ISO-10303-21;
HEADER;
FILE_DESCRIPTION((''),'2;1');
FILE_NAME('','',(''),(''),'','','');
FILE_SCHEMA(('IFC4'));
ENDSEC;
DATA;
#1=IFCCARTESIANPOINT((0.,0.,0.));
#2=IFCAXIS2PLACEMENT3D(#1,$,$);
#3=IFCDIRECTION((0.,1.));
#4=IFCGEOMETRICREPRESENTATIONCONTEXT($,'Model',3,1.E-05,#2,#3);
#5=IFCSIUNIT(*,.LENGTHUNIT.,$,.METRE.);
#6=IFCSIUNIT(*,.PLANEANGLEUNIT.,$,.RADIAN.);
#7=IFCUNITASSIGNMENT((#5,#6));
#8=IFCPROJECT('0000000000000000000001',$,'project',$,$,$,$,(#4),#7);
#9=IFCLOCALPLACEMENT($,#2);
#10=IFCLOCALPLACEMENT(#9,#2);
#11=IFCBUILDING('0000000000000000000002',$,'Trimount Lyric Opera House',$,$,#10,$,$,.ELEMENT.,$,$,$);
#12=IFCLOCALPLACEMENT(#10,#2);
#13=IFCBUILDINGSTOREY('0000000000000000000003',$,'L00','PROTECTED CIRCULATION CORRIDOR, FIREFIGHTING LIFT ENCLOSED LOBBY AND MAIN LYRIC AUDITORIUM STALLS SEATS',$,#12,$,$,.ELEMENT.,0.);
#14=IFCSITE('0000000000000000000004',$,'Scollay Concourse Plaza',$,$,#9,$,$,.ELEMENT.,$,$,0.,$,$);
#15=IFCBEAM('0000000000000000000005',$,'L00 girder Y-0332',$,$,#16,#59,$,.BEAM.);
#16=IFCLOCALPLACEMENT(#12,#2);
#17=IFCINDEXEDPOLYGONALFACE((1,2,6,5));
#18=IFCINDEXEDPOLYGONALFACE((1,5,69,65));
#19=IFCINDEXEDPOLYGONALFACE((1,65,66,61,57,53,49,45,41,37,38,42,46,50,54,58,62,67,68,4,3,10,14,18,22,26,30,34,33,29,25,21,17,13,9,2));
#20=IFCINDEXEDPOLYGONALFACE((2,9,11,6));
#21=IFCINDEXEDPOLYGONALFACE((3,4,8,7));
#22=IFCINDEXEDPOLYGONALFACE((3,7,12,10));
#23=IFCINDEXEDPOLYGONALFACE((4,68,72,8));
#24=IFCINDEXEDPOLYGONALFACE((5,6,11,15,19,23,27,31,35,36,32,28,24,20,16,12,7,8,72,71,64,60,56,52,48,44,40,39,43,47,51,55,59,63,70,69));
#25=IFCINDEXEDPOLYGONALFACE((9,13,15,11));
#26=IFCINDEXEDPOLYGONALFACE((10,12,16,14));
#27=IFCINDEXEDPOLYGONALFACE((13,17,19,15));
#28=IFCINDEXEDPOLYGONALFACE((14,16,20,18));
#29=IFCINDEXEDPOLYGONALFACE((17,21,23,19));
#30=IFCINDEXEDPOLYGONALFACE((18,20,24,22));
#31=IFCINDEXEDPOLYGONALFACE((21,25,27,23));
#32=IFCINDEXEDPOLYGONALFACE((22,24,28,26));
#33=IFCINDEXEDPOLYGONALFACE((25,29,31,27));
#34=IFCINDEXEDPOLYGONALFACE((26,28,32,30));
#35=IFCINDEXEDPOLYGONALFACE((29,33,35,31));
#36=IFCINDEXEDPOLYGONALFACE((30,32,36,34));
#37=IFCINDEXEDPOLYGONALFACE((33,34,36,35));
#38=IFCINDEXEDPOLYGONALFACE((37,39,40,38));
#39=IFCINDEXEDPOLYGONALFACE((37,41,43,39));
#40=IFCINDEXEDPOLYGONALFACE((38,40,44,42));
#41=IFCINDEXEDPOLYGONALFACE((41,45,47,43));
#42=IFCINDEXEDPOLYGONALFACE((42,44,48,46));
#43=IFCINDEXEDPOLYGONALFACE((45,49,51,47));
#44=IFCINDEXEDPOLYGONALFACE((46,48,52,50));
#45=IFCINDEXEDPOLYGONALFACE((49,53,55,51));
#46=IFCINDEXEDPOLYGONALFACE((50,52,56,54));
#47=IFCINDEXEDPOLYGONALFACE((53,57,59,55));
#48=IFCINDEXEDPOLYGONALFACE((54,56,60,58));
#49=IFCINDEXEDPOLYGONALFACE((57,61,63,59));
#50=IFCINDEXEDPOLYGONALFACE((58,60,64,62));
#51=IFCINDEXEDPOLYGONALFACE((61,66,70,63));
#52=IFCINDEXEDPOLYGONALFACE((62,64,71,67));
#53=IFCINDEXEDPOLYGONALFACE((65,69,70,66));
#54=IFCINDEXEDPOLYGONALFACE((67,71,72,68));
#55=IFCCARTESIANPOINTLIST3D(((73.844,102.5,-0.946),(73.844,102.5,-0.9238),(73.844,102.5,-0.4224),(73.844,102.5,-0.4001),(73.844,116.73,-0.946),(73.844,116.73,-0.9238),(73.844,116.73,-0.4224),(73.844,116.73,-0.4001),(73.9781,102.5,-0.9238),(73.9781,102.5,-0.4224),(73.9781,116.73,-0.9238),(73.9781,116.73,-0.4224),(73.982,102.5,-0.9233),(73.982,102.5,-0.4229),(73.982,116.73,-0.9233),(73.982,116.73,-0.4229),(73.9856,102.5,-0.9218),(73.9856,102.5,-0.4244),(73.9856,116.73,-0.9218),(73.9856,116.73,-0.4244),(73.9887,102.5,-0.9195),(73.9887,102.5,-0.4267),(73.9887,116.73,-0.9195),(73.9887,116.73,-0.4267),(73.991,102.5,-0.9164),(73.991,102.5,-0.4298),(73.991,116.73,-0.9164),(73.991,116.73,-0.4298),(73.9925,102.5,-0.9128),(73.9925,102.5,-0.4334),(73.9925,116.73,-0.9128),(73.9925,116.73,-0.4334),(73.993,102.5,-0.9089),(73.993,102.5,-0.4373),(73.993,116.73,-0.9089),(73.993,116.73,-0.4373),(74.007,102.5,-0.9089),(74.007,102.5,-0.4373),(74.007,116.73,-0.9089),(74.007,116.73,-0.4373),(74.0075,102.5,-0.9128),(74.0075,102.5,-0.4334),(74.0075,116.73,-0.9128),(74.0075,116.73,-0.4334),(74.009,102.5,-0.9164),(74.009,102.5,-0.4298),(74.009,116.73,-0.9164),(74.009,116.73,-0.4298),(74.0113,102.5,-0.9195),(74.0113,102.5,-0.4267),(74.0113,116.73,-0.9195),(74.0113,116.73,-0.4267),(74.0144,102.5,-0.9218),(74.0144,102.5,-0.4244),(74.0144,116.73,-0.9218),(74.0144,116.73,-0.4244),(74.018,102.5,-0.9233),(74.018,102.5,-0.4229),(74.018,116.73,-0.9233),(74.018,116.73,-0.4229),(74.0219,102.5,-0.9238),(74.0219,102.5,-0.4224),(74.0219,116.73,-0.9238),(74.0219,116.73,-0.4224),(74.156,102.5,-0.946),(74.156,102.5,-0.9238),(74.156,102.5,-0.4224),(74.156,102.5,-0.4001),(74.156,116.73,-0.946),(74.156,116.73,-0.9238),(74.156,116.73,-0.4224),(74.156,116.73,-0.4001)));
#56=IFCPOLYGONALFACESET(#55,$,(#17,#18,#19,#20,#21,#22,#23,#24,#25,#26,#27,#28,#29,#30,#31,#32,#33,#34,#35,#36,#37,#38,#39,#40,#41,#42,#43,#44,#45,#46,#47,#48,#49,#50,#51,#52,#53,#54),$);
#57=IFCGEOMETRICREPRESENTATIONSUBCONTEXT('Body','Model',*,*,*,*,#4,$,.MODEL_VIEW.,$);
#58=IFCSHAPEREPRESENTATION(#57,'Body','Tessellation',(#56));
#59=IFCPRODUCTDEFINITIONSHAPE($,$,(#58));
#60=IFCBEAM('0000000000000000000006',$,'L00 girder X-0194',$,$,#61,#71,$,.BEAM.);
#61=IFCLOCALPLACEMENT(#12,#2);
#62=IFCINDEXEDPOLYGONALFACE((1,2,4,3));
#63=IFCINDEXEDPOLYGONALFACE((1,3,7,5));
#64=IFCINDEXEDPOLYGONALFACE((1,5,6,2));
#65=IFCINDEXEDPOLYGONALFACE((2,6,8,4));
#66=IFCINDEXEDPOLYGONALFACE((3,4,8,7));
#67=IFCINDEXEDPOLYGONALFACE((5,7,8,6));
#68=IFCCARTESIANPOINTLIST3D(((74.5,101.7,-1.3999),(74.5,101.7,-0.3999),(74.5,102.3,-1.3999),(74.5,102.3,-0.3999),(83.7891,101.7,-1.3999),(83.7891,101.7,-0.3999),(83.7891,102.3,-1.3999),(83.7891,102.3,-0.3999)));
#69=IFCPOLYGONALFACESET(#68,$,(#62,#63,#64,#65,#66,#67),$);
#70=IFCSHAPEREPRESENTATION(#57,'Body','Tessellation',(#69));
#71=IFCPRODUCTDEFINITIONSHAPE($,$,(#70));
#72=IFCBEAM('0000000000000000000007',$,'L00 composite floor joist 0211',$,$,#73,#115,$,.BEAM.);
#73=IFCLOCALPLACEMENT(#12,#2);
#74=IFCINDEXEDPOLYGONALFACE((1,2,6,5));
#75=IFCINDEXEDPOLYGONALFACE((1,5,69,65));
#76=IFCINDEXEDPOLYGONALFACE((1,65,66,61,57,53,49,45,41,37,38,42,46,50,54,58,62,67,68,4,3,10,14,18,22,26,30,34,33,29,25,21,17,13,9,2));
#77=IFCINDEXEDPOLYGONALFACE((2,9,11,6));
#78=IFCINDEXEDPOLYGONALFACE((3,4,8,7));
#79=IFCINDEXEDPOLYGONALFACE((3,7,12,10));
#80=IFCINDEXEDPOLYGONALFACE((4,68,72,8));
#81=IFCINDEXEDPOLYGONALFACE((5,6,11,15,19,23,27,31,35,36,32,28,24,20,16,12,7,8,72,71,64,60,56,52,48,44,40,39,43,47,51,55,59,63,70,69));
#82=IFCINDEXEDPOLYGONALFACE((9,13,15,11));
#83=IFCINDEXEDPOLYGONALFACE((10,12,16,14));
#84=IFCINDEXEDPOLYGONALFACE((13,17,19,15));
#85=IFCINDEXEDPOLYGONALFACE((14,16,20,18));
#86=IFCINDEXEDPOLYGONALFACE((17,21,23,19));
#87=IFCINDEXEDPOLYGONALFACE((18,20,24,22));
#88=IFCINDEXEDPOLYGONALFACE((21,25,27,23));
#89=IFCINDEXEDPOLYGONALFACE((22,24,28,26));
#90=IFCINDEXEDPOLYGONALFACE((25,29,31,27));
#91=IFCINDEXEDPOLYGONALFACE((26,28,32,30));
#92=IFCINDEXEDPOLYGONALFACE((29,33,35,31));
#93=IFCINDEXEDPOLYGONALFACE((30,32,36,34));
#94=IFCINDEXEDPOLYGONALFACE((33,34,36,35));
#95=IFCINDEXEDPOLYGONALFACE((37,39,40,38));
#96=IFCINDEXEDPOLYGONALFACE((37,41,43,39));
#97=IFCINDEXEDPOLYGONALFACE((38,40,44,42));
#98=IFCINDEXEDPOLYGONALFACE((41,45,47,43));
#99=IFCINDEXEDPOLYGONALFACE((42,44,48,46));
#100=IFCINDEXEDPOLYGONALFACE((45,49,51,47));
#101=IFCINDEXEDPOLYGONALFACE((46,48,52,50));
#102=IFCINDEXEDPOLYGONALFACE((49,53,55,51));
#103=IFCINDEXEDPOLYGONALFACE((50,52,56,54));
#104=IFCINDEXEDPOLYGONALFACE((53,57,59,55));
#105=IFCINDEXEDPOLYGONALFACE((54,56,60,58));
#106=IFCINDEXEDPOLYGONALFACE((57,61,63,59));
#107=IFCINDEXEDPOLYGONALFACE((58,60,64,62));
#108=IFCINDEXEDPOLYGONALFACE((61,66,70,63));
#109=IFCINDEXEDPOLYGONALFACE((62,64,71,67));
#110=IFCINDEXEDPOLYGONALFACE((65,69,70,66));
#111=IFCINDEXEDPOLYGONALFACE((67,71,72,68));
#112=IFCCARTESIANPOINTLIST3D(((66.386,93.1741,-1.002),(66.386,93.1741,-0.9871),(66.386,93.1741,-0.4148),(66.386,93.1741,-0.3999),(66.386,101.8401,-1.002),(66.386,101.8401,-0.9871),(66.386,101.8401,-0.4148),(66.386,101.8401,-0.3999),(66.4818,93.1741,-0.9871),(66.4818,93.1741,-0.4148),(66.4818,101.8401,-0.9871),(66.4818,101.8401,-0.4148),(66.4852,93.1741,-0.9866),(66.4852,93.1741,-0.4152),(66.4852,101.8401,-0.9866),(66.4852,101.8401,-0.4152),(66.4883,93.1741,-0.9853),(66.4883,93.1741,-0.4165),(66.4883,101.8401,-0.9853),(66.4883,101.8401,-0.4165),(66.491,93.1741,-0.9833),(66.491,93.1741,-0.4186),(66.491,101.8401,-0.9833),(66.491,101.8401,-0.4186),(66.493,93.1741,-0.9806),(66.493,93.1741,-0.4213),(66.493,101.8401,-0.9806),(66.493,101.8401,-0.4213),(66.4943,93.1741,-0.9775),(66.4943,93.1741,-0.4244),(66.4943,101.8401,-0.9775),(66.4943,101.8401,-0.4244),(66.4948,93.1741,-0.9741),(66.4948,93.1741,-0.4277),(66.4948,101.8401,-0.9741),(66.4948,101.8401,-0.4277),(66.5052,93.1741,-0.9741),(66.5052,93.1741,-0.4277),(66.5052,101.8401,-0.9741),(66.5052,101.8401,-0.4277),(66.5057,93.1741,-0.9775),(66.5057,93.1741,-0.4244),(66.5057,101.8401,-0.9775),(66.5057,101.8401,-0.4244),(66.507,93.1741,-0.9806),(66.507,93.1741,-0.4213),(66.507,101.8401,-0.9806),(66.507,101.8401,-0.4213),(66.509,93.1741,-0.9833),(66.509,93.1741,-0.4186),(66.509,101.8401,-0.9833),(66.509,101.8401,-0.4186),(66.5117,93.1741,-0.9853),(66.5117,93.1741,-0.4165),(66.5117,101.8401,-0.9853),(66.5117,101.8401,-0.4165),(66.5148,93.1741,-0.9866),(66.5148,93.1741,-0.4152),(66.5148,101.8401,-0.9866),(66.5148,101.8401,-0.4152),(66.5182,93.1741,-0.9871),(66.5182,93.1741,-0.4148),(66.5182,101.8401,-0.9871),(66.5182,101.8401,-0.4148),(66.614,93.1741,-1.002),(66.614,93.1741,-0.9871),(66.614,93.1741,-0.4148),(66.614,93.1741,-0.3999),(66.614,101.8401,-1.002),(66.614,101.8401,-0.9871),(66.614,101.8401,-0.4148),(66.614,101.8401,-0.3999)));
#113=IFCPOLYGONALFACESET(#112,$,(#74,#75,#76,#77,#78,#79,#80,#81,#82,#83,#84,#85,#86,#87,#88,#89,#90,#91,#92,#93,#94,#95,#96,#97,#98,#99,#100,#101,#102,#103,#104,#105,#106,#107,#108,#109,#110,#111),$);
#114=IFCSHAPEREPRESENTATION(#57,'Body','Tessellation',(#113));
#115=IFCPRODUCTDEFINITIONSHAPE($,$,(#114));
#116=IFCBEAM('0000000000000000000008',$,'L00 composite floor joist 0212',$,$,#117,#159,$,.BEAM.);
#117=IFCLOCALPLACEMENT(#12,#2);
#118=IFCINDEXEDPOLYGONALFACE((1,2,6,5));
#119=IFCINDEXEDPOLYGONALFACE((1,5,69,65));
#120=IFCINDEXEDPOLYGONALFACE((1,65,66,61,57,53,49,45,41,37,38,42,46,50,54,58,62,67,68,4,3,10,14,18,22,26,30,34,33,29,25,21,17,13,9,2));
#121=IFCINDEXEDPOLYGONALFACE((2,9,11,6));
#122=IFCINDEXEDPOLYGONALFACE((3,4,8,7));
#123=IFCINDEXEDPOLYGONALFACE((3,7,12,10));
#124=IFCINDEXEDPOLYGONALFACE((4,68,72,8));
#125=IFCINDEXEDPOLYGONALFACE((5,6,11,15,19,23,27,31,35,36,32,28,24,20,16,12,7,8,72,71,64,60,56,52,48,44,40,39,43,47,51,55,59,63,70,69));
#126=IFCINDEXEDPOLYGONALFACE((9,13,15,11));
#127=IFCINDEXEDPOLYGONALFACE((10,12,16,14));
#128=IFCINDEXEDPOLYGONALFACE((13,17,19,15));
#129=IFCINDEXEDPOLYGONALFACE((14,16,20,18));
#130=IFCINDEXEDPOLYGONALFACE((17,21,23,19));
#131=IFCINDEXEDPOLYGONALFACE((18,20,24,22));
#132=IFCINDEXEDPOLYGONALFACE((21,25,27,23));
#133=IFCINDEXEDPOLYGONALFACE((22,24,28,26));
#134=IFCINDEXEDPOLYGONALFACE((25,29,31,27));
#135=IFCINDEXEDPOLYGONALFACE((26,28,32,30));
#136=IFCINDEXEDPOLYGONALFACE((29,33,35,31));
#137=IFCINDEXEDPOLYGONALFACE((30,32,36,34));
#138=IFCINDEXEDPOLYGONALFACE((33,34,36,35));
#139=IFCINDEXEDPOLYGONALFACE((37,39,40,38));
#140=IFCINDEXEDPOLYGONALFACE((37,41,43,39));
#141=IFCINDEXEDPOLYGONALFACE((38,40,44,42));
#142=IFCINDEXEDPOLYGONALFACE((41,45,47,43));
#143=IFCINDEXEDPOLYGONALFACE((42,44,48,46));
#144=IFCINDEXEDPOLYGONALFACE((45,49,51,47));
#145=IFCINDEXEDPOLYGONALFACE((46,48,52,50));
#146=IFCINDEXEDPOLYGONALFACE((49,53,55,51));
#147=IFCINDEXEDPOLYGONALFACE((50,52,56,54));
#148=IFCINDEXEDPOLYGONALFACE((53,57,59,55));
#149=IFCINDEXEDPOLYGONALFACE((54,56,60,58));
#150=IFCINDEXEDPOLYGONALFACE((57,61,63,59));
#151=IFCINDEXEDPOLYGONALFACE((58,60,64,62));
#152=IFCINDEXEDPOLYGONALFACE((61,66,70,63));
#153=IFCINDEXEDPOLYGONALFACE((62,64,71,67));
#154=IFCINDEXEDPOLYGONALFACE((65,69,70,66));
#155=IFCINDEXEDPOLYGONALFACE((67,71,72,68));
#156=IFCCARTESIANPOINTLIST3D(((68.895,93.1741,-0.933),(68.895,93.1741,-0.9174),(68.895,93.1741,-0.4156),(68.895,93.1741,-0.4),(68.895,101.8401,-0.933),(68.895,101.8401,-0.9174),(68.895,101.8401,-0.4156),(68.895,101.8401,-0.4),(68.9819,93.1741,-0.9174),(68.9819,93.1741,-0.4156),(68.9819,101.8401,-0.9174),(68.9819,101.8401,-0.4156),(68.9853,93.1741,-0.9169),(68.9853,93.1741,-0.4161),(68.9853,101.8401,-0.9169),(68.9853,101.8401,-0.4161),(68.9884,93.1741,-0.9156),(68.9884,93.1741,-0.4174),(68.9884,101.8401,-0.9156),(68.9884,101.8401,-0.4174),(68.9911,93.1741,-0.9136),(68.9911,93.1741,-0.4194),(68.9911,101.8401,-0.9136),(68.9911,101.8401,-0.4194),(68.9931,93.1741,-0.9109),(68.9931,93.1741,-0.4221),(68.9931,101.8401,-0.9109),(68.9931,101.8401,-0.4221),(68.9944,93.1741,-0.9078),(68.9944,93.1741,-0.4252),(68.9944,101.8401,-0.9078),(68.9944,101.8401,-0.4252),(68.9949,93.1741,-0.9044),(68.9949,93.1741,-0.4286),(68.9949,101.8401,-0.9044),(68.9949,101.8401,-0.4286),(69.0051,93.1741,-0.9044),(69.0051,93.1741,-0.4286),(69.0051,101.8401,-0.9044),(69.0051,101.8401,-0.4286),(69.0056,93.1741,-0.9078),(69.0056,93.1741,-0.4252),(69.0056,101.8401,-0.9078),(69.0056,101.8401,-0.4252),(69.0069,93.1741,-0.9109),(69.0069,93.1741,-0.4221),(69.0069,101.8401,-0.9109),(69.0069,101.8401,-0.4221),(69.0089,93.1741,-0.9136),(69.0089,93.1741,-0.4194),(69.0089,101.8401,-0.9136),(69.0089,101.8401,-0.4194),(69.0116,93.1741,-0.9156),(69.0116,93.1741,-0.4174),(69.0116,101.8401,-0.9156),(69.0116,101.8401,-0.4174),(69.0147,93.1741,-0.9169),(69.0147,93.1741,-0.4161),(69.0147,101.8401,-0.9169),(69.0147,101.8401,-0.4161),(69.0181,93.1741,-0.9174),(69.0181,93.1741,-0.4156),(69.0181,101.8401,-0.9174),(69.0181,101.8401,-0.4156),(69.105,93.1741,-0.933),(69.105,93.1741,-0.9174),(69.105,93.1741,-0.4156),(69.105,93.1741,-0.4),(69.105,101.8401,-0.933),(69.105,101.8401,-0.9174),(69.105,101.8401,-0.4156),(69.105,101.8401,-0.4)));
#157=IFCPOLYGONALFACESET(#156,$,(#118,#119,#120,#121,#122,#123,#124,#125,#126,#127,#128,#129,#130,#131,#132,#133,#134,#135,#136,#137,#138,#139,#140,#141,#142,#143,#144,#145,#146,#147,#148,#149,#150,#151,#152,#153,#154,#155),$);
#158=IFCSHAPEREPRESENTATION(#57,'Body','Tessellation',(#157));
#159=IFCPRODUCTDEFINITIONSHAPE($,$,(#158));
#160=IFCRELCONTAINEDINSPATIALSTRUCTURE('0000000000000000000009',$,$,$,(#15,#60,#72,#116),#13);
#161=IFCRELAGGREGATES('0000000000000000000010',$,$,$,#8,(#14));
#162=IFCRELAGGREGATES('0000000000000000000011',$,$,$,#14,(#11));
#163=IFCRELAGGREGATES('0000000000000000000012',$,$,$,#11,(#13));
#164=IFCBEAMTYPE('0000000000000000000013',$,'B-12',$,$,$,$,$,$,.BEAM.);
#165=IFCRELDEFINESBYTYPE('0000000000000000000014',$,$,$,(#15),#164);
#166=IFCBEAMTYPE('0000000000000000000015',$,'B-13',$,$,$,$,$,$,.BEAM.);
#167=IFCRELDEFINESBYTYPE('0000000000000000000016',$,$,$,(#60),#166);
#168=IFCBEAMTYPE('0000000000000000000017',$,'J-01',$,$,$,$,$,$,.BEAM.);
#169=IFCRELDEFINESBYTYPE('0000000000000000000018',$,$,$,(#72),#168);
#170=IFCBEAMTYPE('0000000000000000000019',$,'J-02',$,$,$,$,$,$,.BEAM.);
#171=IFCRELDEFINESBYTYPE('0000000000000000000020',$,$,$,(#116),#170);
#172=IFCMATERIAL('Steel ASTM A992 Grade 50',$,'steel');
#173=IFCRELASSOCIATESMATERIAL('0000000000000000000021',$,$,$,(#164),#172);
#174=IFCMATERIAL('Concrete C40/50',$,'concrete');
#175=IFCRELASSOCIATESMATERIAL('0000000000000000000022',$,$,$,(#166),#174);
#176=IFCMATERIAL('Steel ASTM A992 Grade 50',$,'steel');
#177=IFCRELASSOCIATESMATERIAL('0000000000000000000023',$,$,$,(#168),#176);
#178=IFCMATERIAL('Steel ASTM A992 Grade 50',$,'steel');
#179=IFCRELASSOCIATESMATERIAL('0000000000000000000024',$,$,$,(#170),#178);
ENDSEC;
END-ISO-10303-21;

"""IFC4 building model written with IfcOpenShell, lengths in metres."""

from ifc_helpers import new_model, si_unit, direction, frame, origin, origin_2d, place, context, subcontext, project, spatial, rectangle, i_section, extrude, material, material_profile, profile_set, type_object, element, save


model = new_model("IFC4")

# Units and contexts
model_context = context("Model", 3, precision=1e-05, world=origin(), true_north=direction((0.0, 1.0)))
body_context = subcontext(model_context, "Body", "Model", "MODEL_VIEW")
ifc_project = project(units=[si_unit("LENGTHUNIT", "METRE"), si_unit("PLANEANGLEUNIT", "RADIAN")], contexts=[model_context])

# Site, building, storey
site_placement = place(None, origin())
site = spatial("IfcSite", under=ifc_project, at=site_placement, Name="Scollay Concourse Plaza", CompositionType="ELEMENT", RefElevation=0.0)
building_placement = place(site_placement, origin())
building = spatial("IfcBuilding", under=site, at=building_placement, Name="Trimount Lyric Opera House", CompositionType="ELEMENT")
storey_placement = place(building_placement, origin())
storey = spatial("IfcBuildingStorey", under=building, at=storey_placement, Name="L00", Description="PROTECTED CIRCULATION CORRIDOR, FIREFIGHTING LIFT ENCLOSED LOBBY AND MAIN LYRIC AUDITORIUM STALLS SEATS", CompositionType="ELEMENT", Elevation=0.0)

# Beams
ifc_material_1 = material(Name="Steel ASTM A992 Grade 50", Category="steel")
ifc_material_profile_1 = material_profile(ifc_material_1, i_section(OverallWidth=0.312, OverallDepth=0.5459, WebThickness=0.0139, FlangeThickness=0.0222, FilletRadius=0.0149, at=origin_2d()), Name="W21X111")
ifc_profile_set_1 = profile_set([ifc_material_profile_1], Name="Steel ASTM A992 Grade 50")
beam_type_1 = type_object("IfcBeamType", Name="B-12", PredefinedType="BEAM", material=ifc_profile_set_1)
beam_1_placement = place(storey_placement, frame((74.0, 102.5, -0.6731), z_axis=(0.0, 1.0, 0.0), x_axis=(-1.0, 0.0, 0.0)))
element("IfcBeam", 1, at=beam_1_placement, inside=storey, type_object=beam_type_1, Name="L00 girder Y-0332", PredefinedType="BEAM", context=body_context, shape_type="SweptSolid", body=[
    extrude(i_section(OverallWidth=0.312, OverallDepth=0.5459, WebThickness=0.0139, FlangeThickness=0.0222, FilletRadius=0.0149, at=origin_2d()), origin(), (0.0, 0.0, 1.0), 14.23),
])
ifc_material_2 = material(Name="Concrete C40/50", Category="concrete")
ifc_material_profile_2 = material_profile(ifc_material_2, rectangle(XDim=0.6001, YDim=1.0, at=origin_2d()), Name="RC600X1000")
ifc_profile_set_2 = profile_set([ifc_material_profile_2], Name="Concrete C40/50")
beam_type_2 = type_object("IfcBeamType", Name="B-13", PredefinedType="BEAM", material=ifc_profile_set_2)
beam_2_placement = place(storey_placement, frame((74.5, 102.0, -0.8999), z_axis=(1.0, 0.0, 0.0), x_axis=(0.0, 1.0, 0.0)))
element("IfcBeam", 2, at=beam_2_placement, inside=storey, type_object=beam_type_2, Name="L00 girder X-0194", PredefinedType="BEAM", context=body_context, shape_type="SweptSolid", body=[
    extrude(rectangle(XDim=0.6001, YDim=1.0, at=origin_2d()), origin(), (0.0, 0.0, 1.0), 9.2891),
])
ifc_material_3 = material(Name="Steel ASTM A992 Grade 50", Category="steel")
ifc_material_profile_3 = material_profile(ifc_material_3, i_section(OverallWidth=0.228, OverallDepth=0.6021, WebThickness=0.0105, FlangeThickness=0.0149, FilletRadius=0.0129, at=origin_2d()), Name="W24X68")
ifc_profile_set_3 = profile_set([ifc_material_profile_3], Name="Steel ASTM A992 Grade 50")
beam_type_3 = type_object("IfcBeamType", Name="J-01", PredefinedType="BEAM", material=ifc_profile_set_3)
beam_3_placement = place(storey_placement, frame((66.5, 93.1741, -0.7009), z_axis=(0.0, 1.0, 0.0), x_axis=(-1.0, 0.0, 0.0)))
element("IfcBeam", 3, at=beam_3_placement, inside=storey, type_object=beam_type_3, Name="L00 composite floor joist 0211", PredefinedType="BEAM", context=body_context, shape_type="SweptSolid", body=[
    extrude(i_section(OverallWidth=0.228, OverallDepth=0.6021, WebThickness=0.0105, FlangeThickness=0.0149, FilletRadius=0.0129, at=origin_2d()), origin(), (0.0, 0.0, 1.0), 8.666),
])
ifc_material_4 = material(Name="Steel ASTM A992 Grade 50", Category="steel")
ifc_material_profile_4 = material_profile(ifc_material_4, i_section(OverallWidth=0.21, OverallDepth=0.533, WebThickness=0.0103, FlangeThickness=0.0156, FilletRadius=0.0129, at=origin_2d()), Name="W21X62")
ifc_profile_set_4 = profile_set([ifc_material_profile_4], Name="Steel ASTM A992 Grade 50")
beam_type_4 = type_object("IfcBeamType", Name="J-02", PredefinedType="BEAM", material=ifc_profile_set_4)
beam_4_placement = place(storey_placement, frame((69.0, 93.1741, -0.6665), z_axis=(0.0, 1.0, 0.0), x_axis=(-1.0, 0.0, 0.0)))
element("IfcBeam", 4, at=beam_4_placement, inside=storey, type_object=beam_type_4, Name="L00 composite floor joist 0212", PredefinedType="BEAM", context=body_context, shape_type="SweptSolid", body=[
    extrude(i_section(OverallWidth=0.21, OverallDepth=0.533, WebThickness=0.0103, FlangeThickness=0.0156, FilletRadius=0.0129, at=origin_2d()), origin(), (0.0, 0.0, 1.0), 8.666),
])

save(model, "model.ifc")
